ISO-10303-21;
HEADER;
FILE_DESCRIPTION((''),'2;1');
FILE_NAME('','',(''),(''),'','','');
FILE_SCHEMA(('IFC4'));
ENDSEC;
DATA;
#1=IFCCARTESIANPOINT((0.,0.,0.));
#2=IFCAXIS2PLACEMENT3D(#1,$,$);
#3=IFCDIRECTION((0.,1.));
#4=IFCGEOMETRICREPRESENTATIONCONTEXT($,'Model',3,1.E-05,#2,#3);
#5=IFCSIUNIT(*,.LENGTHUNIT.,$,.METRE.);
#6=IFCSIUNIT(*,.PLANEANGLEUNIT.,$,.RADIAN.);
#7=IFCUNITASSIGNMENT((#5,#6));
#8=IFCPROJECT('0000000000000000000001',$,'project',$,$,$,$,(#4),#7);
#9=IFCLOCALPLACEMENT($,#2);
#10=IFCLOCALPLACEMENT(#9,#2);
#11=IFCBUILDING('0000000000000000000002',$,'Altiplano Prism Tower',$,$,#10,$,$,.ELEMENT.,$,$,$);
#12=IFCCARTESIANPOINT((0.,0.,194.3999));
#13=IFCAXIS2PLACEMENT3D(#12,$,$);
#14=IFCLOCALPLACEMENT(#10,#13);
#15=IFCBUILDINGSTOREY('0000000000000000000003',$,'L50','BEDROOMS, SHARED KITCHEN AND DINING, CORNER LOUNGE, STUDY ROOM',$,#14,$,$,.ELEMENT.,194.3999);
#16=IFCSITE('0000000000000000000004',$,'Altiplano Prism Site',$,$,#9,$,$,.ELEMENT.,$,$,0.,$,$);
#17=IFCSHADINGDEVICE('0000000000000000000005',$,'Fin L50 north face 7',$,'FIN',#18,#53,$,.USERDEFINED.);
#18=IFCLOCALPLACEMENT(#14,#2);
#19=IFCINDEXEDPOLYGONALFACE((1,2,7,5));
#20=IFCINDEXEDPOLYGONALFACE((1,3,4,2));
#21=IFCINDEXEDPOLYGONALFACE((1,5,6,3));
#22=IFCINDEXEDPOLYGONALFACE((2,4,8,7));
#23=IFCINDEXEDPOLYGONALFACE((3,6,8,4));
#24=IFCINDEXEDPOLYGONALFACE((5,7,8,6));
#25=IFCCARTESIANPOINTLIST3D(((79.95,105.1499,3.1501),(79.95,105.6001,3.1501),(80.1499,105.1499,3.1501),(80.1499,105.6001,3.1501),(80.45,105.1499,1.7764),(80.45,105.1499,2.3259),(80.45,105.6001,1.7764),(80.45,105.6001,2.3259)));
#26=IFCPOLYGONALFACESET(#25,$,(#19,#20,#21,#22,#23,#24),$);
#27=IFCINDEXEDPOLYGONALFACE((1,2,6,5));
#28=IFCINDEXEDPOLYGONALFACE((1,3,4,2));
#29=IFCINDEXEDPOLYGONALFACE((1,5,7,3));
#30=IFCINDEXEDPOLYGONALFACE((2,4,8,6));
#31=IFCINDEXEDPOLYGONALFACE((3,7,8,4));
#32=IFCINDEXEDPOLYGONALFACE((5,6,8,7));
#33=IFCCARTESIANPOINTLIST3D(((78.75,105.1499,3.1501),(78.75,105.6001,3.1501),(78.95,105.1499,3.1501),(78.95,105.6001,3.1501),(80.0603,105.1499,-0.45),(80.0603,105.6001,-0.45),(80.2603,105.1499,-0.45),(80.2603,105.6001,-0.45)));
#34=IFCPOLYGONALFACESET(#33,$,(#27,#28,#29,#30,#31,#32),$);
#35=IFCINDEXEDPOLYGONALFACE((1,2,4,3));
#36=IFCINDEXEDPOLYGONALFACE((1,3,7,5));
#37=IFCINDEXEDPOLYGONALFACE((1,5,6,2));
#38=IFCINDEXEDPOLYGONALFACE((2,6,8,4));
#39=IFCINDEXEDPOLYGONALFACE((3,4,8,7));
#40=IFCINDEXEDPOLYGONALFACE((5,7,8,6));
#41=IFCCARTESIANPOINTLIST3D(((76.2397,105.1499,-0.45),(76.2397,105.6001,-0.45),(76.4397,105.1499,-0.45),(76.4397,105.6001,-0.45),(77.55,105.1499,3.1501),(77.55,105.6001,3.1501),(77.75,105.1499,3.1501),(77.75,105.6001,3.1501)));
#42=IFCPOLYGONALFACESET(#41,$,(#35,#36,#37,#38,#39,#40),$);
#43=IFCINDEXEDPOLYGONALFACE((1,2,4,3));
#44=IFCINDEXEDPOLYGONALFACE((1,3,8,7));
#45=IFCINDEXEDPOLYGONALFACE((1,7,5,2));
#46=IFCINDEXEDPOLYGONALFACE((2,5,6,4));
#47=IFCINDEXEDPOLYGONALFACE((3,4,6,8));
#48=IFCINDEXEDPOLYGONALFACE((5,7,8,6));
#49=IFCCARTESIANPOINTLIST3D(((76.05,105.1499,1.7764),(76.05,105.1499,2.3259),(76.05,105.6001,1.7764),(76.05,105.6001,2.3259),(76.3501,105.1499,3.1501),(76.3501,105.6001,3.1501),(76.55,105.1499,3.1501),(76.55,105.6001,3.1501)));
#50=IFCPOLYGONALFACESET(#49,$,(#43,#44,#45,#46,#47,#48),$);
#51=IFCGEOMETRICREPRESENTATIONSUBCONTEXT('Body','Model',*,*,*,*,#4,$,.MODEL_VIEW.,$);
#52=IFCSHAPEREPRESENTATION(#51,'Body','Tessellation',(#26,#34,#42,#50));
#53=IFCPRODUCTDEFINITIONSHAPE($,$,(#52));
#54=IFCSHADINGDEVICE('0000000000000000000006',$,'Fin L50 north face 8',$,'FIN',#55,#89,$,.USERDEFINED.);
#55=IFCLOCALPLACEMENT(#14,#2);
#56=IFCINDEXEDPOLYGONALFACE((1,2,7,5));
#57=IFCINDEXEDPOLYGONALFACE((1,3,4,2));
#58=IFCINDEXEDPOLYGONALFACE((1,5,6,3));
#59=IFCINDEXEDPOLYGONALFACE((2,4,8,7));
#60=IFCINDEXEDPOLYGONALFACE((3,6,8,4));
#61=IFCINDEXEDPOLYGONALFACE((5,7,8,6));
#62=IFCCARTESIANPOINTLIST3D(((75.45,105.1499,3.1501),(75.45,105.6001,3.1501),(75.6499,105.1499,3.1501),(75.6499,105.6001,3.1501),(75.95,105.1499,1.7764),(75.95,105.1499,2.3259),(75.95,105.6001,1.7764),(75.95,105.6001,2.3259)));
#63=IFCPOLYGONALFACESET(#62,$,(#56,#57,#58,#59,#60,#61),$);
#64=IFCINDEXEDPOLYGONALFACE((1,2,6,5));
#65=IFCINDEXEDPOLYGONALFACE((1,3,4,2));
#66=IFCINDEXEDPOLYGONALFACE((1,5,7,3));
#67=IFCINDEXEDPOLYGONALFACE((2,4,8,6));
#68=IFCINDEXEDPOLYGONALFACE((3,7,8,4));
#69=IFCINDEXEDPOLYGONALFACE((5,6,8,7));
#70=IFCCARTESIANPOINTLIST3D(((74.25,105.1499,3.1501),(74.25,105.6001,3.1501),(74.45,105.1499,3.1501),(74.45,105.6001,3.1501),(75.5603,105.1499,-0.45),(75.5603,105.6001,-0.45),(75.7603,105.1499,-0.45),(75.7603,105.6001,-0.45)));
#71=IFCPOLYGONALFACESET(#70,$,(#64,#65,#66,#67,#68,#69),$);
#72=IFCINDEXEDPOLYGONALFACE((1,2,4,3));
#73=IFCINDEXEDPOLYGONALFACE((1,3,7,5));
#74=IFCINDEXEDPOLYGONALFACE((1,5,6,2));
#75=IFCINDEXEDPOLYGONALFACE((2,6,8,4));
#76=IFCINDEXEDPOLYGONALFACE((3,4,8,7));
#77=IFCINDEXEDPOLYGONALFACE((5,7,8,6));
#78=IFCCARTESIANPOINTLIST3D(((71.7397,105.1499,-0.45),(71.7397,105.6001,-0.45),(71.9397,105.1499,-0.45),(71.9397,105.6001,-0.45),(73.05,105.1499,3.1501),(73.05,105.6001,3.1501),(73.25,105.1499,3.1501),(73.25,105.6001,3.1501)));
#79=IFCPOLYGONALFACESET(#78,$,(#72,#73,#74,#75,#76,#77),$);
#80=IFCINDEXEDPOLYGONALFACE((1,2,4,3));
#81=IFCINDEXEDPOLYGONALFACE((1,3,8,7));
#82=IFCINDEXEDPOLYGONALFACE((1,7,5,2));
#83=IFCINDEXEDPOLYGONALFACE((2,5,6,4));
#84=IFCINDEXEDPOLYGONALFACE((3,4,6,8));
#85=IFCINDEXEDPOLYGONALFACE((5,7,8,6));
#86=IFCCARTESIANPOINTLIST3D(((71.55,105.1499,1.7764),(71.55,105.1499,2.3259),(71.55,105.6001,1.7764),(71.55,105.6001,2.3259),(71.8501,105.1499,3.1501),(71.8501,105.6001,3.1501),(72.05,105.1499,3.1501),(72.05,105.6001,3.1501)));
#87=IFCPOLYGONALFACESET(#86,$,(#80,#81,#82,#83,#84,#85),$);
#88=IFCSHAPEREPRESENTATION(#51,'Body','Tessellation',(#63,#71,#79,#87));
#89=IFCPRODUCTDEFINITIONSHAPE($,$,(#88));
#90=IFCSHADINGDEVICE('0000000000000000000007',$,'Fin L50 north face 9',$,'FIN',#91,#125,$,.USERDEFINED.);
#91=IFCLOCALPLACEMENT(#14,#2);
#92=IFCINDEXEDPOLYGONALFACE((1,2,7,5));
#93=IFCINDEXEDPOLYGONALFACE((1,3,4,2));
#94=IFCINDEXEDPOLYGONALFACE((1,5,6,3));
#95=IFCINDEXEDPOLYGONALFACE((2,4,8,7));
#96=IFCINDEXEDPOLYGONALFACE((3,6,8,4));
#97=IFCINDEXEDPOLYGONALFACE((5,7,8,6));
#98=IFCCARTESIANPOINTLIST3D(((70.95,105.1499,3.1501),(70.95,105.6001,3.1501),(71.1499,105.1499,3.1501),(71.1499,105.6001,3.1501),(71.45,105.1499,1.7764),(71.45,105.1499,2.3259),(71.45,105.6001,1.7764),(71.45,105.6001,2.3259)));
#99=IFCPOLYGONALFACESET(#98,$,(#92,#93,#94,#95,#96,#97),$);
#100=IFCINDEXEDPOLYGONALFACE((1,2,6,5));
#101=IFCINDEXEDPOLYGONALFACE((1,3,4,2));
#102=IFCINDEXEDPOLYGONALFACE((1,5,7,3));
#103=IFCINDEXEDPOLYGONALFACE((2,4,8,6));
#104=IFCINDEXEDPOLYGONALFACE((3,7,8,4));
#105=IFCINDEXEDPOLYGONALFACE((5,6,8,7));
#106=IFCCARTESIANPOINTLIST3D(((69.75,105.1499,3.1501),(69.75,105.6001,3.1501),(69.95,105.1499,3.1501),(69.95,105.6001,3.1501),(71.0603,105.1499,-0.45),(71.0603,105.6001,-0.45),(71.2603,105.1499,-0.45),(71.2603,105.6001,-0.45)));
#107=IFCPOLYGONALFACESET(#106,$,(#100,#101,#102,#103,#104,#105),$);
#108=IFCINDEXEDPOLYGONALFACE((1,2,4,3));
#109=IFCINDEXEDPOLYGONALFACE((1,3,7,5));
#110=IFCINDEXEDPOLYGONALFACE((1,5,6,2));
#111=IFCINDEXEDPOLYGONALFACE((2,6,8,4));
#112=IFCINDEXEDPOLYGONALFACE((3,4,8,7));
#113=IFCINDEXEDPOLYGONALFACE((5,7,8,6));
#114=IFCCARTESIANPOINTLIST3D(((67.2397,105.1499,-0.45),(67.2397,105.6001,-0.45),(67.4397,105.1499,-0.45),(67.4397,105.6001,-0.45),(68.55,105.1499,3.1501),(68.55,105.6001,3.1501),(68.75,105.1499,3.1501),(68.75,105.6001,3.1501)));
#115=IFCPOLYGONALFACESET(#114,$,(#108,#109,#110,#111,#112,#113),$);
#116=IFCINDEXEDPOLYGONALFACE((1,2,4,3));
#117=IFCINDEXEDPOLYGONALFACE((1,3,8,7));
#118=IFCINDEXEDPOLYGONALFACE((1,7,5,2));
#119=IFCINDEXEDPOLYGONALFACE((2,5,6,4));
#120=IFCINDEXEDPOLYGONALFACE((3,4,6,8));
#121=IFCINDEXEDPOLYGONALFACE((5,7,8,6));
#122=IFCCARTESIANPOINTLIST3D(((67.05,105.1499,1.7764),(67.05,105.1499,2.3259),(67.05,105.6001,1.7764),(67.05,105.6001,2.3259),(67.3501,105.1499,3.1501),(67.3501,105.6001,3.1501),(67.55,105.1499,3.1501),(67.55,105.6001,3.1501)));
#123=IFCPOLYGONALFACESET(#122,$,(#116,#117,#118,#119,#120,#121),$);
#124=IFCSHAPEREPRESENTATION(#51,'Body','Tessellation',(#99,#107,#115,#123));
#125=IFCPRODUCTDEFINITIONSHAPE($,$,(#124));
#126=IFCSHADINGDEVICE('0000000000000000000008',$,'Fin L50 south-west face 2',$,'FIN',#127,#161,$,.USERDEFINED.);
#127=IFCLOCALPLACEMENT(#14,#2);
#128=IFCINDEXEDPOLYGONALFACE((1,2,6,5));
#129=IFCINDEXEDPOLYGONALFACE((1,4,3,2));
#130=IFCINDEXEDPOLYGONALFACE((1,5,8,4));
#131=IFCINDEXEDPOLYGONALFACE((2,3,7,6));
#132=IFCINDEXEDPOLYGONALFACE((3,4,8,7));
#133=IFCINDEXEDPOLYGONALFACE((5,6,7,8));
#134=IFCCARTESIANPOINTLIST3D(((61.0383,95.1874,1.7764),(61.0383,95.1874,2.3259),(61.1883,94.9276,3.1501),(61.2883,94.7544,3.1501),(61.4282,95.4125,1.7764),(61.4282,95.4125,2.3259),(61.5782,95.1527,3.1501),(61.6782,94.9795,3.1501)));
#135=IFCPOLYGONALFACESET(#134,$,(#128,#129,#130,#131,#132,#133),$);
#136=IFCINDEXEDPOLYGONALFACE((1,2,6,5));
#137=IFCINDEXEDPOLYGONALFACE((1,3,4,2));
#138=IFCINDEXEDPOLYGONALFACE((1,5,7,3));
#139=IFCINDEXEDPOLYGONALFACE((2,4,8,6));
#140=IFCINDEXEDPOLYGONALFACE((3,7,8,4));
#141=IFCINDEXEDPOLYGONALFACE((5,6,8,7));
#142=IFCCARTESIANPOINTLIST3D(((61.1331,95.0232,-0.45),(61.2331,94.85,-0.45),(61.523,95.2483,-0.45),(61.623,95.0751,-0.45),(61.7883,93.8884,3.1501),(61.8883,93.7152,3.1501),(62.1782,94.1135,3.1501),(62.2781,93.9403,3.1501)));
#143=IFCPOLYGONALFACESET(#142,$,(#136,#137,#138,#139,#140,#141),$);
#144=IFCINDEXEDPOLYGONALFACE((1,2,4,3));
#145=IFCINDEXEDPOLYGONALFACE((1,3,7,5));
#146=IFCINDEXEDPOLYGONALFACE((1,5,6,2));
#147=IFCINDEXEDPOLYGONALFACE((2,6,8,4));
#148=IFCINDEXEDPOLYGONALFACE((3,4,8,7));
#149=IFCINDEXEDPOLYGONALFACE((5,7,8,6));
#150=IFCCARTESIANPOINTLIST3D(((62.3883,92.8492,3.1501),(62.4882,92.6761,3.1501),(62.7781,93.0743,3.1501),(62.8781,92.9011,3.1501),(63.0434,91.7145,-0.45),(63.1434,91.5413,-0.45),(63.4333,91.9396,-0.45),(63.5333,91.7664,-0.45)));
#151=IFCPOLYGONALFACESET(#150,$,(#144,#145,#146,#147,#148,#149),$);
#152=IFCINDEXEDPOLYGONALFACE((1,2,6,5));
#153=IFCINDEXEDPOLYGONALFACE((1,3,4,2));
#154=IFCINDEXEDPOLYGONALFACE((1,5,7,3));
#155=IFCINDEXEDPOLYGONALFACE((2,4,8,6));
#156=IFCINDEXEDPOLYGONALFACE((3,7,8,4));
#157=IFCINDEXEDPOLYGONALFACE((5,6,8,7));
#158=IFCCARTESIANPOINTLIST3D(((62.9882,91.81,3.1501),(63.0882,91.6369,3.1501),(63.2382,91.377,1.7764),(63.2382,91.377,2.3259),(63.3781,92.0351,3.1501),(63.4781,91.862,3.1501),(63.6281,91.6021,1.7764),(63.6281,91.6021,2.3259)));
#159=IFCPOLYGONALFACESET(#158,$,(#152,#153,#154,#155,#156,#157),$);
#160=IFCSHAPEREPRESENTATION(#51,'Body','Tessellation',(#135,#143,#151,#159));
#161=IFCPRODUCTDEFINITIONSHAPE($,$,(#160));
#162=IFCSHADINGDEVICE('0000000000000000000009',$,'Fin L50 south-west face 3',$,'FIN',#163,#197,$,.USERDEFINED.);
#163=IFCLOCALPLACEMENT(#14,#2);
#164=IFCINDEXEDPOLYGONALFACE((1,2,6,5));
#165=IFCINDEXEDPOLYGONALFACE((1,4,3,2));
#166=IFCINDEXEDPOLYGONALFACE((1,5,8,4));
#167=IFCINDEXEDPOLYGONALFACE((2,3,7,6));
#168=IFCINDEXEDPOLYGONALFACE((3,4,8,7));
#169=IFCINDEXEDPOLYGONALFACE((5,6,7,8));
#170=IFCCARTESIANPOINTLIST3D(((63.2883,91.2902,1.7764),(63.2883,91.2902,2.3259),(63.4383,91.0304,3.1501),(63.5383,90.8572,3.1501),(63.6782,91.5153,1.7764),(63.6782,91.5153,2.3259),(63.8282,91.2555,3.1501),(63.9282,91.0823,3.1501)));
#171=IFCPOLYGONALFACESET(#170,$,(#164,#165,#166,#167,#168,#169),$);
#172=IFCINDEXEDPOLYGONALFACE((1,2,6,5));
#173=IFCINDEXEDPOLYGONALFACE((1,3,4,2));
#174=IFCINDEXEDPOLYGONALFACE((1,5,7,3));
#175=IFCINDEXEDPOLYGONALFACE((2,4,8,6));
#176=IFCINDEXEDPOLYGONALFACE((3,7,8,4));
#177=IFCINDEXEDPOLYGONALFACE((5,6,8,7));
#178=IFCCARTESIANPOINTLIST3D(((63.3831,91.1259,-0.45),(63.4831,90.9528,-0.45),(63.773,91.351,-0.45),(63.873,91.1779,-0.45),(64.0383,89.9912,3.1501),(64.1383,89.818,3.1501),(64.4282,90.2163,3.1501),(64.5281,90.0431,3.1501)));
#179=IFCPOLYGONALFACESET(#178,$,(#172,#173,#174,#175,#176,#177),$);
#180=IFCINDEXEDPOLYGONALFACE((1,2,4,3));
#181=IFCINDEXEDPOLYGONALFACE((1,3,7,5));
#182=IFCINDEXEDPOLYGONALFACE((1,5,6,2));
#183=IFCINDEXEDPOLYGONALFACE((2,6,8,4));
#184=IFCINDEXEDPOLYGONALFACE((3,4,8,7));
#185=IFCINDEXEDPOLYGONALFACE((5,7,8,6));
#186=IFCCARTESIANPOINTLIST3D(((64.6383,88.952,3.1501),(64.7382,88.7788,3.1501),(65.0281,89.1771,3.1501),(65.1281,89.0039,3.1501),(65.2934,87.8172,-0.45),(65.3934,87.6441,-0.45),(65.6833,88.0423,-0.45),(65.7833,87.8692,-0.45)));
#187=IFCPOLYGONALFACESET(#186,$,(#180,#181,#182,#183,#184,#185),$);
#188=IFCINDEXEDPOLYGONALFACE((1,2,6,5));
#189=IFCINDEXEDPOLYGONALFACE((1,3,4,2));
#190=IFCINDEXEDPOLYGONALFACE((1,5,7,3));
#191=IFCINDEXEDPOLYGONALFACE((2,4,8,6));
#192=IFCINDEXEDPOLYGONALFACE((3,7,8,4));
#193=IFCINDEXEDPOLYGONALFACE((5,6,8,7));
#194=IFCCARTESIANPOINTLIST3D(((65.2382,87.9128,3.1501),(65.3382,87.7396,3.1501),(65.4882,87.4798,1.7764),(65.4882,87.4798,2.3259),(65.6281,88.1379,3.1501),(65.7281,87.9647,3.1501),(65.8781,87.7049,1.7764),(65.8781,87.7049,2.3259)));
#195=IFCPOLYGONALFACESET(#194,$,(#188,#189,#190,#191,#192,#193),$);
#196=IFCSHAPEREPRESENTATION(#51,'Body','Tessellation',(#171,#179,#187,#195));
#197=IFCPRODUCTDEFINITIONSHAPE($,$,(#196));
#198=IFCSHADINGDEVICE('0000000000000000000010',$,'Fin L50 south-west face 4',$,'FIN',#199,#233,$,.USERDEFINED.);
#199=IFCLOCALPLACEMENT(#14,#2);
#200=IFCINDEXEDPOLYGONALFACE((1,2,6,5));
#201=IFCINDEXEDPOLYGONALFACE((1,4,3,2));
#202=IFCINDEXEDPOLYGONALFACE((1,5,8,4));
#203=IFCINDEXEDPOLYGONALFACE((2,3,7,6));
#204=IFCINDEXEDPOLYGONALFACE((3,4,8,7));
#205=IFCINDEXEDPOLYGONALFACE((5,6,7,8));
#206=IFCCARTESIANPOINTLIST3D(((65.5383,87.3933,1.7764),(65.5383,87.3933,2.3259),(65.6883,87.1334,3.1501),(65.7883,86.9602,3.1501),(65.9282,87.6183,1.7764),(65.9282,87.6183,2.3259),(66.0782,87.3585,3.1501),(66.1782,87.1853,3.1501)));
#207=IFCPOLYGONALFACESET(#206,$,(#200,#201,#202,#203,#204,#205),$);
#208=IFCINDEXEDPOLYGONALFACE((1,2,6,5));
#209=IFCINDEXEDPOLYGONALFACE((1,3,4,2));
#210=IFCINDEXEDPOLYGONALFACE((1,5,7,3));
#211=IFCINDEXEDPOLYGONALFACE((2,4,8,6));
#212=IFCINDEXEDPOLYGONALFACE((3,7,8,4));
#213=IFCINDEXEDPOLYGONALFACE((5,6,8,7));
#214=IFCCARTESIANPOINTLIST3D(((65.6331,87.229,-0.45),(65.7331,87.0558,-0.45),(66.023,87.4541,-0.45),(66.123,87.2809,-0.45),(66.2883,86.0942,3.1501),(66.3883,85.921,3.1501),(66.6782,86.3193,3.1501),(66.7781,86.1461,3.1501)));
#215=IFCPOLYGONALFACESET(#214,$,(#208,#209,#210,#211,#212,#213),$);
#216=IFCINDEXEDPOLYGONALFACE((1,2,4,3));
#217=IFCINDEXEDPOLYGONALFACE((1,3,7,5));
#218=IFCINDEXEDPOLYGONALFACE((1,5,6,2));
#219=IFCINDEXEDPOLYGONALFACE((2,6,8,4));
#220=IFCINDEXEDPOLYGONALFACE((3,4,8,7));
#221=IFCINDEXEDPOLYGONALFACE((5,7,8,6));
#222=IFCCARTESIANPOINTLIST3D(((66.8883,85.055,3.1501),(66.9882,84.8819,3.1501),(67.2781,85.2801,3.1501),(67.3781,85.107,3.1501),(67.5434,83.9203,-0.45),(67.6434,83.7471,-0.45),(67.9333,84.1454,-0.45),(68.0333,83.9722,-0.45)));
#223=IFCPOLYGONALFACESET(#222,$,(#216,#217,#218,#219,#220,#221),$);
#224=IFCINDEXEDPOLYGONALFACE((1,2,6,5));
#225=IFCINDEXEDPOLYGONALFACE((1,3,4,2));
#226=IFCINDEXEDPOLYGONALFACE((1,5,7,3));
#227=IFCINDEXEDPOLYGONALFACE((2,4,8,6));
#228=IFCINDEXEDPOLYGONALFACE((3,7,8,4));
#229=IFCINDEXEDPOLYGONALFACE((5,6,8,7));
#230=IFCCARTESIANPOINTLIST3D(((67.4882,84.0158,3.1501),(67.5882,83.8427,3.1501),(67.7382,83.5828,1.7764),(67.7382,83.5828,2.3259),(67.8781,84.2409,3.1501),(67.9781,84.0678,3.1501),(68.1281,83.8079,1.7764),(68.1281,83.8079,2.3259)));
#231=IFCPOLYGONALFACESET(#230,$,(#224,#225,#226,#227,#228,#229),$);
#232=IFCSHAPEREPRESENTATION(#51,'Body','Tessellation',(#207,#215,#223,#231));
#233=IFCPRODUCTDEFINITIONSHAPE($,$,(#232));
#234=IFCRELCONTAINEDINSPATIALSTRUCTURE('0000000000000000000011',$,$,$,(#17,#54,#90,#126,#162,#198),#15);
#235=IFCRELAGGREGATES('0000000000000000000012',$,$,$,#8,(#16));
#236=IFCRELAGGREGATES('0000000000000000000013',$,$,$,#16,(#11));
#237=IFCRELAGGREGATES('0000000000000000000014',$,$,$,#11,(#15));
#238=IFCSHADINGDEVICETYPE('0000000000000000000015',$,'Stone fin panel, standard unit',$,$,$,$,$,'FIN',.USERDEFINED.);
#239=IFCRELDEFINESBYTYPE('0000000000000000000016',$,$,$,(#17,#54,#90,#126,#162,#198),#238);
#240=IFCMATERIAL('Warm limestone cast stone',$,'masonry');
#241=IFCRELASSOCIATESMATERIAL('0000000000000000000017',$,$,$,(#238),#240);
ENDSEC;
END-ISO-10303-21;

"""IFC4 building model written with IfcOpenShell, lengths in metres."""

from ifc_helpers import new_model, si_unit, direction, frame, origin, place, context, subcontext, project, spatial, polyline, outline, extrude, source, transform, mapped, material, type_object, element, save


model = new_model("IFC4")

# Units and contexts
model_context = context("Model", 3, precision=1e-05, world=origin(), true_north=direction((0.0, 1.0)))
body_context = subcontext(model_context, "Body", "Model", "MODEL_VIEW")
ifc_project = project(units=[si_unit("LENGTHUNIT", "METRE"), si_unit("PLANEANGLEUNIT", "RADIAN")], contexts=[model_context])

# Site, building, storey
site_placement = place(None, origin())
site = spatial("IfcSite", under=ifc_project, at=site_placement, Name="Altiplano Prism Site", CompositionType="ELEMENT", RefElevation=0.0)
building_placement = place(site_placement, origin())
building = spatial("IfcBuilding", under=site, at=building_placement, Name="Altiplano Prism Tower", CompositionType="ELEMENT")
storey_placement = place(building_placement, frame((0.0, 0.0, 194.3999)))
storey = spatial("IfcBuildingStorey", under=building, at=storey_placement, Name="L50", Description="BEDROOMS, SHARED KITCHEN AND DINING, CORNER LOUNGE, STUDY ROOM", CompositionType="ELEMENT", Elevation=194.3999)

# Shading devices
ifc_material_1 = material(Name="Warm limestone cast stone", Category="masonry")
shading_device_type_1 = type_object("IfcShadingDeviceType", Name="Stone fin panel, standard unit", ElementType="FIN", PredefinedType="USERDEFINED", material=ifc_material_1)
shared_shape_1 = source(origin(), body_context, "Body", "SweptSolid", [
    extrude(outline(polyline([(-2.2, 2.2263), (-1.7, 3.6001), (-1.8999, 3.6001), (-2.2, 2.7759), (-2.2, 2.2263)])), frame((0.0, -0.1499, 0.0), z_axis=(0.0, -1.0, 0.0), x_axis=(1.0, 0.0, 0.0)), (0.0, 0.0, 1.0), 0.4502),
    extrude(outline(polyline([(-2.0103, 0.0), (-1.8103, 0.0), (-0.5, 3.6001), (-0.7, 3.6001), (-2.0103, 0.0)])), frame((0.0, -0.1499, 0.0), z_axis=(0.0, -1.0, 0.0), x_axis=(1.0, 0.0, 0.0)), (0.0, 0.0, 1.0), 0.4502),
    extrude(outline(polyline([(1.8103, 0.0), (2.0103, 0.0), (0.7, 3.6001), (0.5, 3.6001), (1.8103, 0.0)])), frame((0.0, -0.1499, 0.0), z_axis=(0.0, -1.0, 0.0), x_axis=(1.0, 0.0, 0.0)), (0.0, 0.0, 1.0), 0.4502),
    extrude(outline(polyline([(2.2, 2.7759), (1.8999, 3.6001), (1.7, 3.6001), (2.2, 2.2263), (2.2, 2.7759)])), frame((0.0, -0.1499, 0.0), z_axis=(0.0, -1.0, 0.0), x_axis=(1.0, 0.0, 0.0)), (0.0, 0.0, 1.0), 0.4502),
])
shading_device_1_placement = place(storey_placement, origin())
element("IfcShadingDevice", 1, at=shading_device_1_placement, inside=storey, type_object=shading_device_type_1, Name="Fin L50 north face 7", ObjectType="FIN", PredefinedType="USERDEFINED", context=body_context, shape_type="MappedRepresentation", body=[
    mapped(shared_shape_1, transform((78.25, 105.0, -0.45), x_axis=(-1.0, 0.0, 0.0), y_axis=(0.0, -1.0, 0.0), z_axis=(0.0, 0.0, 1.0))),
])
shading_device_2_placement = place(storey_placement, origin())
element("IfcShadingDevice", 2, at=shading_device_2_placement, inside=storey, type_object=shading_device_type_1, Name="Fin L50 north face 8", ObjectType="FIN", PredefinedType="USERDEFINED", context=body_context, shape_type="MappedRepresentation", body=[
    mapped(shared_shape_1, transform((73.75, 105.0, -0.45), x_axis=(-1.0, 0.0, 0.0), y_axis=(0.0, -1.0, 0.0), z_axis=(0.0, 0.0, 1.0))),
])
shading_device_3_placement = place(storey_placement, origin())
element("IfcShadingDevice", 3, at=shading_device_3_placement, inside=storey, type_object=shading_device_type_1, Name="Fin L50 north face 9", ObjectType="FIN", PredefinedType="USERDEFINED", context=body_context, shape_type="MappedRepresentation", body=[
    mapped(shared_shape_1, transform((69.25, 105.0, -0.45), x_axis=(-1.0, 0.0, 0.0), y_axis=(0.0, -1.0, 0.0), z_axis=(0.0, 0.0, 1.0))),
])
shading_device_4_placement = place(storey_placement, origin())
element("IfcShadingDevice", 4, at=shading_device_4_placement, inside=storey, type_object=shading_device_type_1, Name="Fin L50 south-west face 2", ObjectType="FIN", PredefinedType="USERDEFINED", context=body_context, shape_type="MappedRepresentation", body=[
    mapped(shared_shape_1, transform((62.658, 93.5823, -0.45), x_axis=(0.5, -0.866025, 0.0), y_axis=(0.866025, 0.5, 0.0), z_axis=(0.0, 0.0, 1.0))),
])
shading_device_5_placement = place(storey_placement, origin())
element("IfcShadingDevice", 5, at=shading_device_5_placement, inside=storey, type_object=shading_device_type_1, Name="Fin L50 south-west face 3", ObjectType="FIN", PredefinedType="USERDEFINED", context=body_context, shape_type="MappedRepresentation", body=[
    mapped(shared_shape_1, transform((64.908, 89.6851, -0.45), x_axis=(0.5, -0.866025, 0.0), y_axis=(0.866025, 0.5, 0.0), z_axis=(0.0, 0.0, 1.0))),
])
shading_device_6_placement = place(storey_placement, origin())
element("IfcShadingDevice", 6, at=shading_device_6_placement, inside=storey, type_object=shading_device_type_1, Name="Fin L50 south-west face 4", ObjectType="FIN", PredefinedType="USERDEFINED", context=body_context, shape_type="MappedRepresentation", body=[
    mapped(shared_shape_1, transform((67.158, 85.7881, -0.45), x_axis=(0.5, -0.866025, 0.0), y_axis=(0.866025, 0.5, 0.0), z_axis=(0.0, 0.0, 1.0))),
])

save(model, "model.ifc")
